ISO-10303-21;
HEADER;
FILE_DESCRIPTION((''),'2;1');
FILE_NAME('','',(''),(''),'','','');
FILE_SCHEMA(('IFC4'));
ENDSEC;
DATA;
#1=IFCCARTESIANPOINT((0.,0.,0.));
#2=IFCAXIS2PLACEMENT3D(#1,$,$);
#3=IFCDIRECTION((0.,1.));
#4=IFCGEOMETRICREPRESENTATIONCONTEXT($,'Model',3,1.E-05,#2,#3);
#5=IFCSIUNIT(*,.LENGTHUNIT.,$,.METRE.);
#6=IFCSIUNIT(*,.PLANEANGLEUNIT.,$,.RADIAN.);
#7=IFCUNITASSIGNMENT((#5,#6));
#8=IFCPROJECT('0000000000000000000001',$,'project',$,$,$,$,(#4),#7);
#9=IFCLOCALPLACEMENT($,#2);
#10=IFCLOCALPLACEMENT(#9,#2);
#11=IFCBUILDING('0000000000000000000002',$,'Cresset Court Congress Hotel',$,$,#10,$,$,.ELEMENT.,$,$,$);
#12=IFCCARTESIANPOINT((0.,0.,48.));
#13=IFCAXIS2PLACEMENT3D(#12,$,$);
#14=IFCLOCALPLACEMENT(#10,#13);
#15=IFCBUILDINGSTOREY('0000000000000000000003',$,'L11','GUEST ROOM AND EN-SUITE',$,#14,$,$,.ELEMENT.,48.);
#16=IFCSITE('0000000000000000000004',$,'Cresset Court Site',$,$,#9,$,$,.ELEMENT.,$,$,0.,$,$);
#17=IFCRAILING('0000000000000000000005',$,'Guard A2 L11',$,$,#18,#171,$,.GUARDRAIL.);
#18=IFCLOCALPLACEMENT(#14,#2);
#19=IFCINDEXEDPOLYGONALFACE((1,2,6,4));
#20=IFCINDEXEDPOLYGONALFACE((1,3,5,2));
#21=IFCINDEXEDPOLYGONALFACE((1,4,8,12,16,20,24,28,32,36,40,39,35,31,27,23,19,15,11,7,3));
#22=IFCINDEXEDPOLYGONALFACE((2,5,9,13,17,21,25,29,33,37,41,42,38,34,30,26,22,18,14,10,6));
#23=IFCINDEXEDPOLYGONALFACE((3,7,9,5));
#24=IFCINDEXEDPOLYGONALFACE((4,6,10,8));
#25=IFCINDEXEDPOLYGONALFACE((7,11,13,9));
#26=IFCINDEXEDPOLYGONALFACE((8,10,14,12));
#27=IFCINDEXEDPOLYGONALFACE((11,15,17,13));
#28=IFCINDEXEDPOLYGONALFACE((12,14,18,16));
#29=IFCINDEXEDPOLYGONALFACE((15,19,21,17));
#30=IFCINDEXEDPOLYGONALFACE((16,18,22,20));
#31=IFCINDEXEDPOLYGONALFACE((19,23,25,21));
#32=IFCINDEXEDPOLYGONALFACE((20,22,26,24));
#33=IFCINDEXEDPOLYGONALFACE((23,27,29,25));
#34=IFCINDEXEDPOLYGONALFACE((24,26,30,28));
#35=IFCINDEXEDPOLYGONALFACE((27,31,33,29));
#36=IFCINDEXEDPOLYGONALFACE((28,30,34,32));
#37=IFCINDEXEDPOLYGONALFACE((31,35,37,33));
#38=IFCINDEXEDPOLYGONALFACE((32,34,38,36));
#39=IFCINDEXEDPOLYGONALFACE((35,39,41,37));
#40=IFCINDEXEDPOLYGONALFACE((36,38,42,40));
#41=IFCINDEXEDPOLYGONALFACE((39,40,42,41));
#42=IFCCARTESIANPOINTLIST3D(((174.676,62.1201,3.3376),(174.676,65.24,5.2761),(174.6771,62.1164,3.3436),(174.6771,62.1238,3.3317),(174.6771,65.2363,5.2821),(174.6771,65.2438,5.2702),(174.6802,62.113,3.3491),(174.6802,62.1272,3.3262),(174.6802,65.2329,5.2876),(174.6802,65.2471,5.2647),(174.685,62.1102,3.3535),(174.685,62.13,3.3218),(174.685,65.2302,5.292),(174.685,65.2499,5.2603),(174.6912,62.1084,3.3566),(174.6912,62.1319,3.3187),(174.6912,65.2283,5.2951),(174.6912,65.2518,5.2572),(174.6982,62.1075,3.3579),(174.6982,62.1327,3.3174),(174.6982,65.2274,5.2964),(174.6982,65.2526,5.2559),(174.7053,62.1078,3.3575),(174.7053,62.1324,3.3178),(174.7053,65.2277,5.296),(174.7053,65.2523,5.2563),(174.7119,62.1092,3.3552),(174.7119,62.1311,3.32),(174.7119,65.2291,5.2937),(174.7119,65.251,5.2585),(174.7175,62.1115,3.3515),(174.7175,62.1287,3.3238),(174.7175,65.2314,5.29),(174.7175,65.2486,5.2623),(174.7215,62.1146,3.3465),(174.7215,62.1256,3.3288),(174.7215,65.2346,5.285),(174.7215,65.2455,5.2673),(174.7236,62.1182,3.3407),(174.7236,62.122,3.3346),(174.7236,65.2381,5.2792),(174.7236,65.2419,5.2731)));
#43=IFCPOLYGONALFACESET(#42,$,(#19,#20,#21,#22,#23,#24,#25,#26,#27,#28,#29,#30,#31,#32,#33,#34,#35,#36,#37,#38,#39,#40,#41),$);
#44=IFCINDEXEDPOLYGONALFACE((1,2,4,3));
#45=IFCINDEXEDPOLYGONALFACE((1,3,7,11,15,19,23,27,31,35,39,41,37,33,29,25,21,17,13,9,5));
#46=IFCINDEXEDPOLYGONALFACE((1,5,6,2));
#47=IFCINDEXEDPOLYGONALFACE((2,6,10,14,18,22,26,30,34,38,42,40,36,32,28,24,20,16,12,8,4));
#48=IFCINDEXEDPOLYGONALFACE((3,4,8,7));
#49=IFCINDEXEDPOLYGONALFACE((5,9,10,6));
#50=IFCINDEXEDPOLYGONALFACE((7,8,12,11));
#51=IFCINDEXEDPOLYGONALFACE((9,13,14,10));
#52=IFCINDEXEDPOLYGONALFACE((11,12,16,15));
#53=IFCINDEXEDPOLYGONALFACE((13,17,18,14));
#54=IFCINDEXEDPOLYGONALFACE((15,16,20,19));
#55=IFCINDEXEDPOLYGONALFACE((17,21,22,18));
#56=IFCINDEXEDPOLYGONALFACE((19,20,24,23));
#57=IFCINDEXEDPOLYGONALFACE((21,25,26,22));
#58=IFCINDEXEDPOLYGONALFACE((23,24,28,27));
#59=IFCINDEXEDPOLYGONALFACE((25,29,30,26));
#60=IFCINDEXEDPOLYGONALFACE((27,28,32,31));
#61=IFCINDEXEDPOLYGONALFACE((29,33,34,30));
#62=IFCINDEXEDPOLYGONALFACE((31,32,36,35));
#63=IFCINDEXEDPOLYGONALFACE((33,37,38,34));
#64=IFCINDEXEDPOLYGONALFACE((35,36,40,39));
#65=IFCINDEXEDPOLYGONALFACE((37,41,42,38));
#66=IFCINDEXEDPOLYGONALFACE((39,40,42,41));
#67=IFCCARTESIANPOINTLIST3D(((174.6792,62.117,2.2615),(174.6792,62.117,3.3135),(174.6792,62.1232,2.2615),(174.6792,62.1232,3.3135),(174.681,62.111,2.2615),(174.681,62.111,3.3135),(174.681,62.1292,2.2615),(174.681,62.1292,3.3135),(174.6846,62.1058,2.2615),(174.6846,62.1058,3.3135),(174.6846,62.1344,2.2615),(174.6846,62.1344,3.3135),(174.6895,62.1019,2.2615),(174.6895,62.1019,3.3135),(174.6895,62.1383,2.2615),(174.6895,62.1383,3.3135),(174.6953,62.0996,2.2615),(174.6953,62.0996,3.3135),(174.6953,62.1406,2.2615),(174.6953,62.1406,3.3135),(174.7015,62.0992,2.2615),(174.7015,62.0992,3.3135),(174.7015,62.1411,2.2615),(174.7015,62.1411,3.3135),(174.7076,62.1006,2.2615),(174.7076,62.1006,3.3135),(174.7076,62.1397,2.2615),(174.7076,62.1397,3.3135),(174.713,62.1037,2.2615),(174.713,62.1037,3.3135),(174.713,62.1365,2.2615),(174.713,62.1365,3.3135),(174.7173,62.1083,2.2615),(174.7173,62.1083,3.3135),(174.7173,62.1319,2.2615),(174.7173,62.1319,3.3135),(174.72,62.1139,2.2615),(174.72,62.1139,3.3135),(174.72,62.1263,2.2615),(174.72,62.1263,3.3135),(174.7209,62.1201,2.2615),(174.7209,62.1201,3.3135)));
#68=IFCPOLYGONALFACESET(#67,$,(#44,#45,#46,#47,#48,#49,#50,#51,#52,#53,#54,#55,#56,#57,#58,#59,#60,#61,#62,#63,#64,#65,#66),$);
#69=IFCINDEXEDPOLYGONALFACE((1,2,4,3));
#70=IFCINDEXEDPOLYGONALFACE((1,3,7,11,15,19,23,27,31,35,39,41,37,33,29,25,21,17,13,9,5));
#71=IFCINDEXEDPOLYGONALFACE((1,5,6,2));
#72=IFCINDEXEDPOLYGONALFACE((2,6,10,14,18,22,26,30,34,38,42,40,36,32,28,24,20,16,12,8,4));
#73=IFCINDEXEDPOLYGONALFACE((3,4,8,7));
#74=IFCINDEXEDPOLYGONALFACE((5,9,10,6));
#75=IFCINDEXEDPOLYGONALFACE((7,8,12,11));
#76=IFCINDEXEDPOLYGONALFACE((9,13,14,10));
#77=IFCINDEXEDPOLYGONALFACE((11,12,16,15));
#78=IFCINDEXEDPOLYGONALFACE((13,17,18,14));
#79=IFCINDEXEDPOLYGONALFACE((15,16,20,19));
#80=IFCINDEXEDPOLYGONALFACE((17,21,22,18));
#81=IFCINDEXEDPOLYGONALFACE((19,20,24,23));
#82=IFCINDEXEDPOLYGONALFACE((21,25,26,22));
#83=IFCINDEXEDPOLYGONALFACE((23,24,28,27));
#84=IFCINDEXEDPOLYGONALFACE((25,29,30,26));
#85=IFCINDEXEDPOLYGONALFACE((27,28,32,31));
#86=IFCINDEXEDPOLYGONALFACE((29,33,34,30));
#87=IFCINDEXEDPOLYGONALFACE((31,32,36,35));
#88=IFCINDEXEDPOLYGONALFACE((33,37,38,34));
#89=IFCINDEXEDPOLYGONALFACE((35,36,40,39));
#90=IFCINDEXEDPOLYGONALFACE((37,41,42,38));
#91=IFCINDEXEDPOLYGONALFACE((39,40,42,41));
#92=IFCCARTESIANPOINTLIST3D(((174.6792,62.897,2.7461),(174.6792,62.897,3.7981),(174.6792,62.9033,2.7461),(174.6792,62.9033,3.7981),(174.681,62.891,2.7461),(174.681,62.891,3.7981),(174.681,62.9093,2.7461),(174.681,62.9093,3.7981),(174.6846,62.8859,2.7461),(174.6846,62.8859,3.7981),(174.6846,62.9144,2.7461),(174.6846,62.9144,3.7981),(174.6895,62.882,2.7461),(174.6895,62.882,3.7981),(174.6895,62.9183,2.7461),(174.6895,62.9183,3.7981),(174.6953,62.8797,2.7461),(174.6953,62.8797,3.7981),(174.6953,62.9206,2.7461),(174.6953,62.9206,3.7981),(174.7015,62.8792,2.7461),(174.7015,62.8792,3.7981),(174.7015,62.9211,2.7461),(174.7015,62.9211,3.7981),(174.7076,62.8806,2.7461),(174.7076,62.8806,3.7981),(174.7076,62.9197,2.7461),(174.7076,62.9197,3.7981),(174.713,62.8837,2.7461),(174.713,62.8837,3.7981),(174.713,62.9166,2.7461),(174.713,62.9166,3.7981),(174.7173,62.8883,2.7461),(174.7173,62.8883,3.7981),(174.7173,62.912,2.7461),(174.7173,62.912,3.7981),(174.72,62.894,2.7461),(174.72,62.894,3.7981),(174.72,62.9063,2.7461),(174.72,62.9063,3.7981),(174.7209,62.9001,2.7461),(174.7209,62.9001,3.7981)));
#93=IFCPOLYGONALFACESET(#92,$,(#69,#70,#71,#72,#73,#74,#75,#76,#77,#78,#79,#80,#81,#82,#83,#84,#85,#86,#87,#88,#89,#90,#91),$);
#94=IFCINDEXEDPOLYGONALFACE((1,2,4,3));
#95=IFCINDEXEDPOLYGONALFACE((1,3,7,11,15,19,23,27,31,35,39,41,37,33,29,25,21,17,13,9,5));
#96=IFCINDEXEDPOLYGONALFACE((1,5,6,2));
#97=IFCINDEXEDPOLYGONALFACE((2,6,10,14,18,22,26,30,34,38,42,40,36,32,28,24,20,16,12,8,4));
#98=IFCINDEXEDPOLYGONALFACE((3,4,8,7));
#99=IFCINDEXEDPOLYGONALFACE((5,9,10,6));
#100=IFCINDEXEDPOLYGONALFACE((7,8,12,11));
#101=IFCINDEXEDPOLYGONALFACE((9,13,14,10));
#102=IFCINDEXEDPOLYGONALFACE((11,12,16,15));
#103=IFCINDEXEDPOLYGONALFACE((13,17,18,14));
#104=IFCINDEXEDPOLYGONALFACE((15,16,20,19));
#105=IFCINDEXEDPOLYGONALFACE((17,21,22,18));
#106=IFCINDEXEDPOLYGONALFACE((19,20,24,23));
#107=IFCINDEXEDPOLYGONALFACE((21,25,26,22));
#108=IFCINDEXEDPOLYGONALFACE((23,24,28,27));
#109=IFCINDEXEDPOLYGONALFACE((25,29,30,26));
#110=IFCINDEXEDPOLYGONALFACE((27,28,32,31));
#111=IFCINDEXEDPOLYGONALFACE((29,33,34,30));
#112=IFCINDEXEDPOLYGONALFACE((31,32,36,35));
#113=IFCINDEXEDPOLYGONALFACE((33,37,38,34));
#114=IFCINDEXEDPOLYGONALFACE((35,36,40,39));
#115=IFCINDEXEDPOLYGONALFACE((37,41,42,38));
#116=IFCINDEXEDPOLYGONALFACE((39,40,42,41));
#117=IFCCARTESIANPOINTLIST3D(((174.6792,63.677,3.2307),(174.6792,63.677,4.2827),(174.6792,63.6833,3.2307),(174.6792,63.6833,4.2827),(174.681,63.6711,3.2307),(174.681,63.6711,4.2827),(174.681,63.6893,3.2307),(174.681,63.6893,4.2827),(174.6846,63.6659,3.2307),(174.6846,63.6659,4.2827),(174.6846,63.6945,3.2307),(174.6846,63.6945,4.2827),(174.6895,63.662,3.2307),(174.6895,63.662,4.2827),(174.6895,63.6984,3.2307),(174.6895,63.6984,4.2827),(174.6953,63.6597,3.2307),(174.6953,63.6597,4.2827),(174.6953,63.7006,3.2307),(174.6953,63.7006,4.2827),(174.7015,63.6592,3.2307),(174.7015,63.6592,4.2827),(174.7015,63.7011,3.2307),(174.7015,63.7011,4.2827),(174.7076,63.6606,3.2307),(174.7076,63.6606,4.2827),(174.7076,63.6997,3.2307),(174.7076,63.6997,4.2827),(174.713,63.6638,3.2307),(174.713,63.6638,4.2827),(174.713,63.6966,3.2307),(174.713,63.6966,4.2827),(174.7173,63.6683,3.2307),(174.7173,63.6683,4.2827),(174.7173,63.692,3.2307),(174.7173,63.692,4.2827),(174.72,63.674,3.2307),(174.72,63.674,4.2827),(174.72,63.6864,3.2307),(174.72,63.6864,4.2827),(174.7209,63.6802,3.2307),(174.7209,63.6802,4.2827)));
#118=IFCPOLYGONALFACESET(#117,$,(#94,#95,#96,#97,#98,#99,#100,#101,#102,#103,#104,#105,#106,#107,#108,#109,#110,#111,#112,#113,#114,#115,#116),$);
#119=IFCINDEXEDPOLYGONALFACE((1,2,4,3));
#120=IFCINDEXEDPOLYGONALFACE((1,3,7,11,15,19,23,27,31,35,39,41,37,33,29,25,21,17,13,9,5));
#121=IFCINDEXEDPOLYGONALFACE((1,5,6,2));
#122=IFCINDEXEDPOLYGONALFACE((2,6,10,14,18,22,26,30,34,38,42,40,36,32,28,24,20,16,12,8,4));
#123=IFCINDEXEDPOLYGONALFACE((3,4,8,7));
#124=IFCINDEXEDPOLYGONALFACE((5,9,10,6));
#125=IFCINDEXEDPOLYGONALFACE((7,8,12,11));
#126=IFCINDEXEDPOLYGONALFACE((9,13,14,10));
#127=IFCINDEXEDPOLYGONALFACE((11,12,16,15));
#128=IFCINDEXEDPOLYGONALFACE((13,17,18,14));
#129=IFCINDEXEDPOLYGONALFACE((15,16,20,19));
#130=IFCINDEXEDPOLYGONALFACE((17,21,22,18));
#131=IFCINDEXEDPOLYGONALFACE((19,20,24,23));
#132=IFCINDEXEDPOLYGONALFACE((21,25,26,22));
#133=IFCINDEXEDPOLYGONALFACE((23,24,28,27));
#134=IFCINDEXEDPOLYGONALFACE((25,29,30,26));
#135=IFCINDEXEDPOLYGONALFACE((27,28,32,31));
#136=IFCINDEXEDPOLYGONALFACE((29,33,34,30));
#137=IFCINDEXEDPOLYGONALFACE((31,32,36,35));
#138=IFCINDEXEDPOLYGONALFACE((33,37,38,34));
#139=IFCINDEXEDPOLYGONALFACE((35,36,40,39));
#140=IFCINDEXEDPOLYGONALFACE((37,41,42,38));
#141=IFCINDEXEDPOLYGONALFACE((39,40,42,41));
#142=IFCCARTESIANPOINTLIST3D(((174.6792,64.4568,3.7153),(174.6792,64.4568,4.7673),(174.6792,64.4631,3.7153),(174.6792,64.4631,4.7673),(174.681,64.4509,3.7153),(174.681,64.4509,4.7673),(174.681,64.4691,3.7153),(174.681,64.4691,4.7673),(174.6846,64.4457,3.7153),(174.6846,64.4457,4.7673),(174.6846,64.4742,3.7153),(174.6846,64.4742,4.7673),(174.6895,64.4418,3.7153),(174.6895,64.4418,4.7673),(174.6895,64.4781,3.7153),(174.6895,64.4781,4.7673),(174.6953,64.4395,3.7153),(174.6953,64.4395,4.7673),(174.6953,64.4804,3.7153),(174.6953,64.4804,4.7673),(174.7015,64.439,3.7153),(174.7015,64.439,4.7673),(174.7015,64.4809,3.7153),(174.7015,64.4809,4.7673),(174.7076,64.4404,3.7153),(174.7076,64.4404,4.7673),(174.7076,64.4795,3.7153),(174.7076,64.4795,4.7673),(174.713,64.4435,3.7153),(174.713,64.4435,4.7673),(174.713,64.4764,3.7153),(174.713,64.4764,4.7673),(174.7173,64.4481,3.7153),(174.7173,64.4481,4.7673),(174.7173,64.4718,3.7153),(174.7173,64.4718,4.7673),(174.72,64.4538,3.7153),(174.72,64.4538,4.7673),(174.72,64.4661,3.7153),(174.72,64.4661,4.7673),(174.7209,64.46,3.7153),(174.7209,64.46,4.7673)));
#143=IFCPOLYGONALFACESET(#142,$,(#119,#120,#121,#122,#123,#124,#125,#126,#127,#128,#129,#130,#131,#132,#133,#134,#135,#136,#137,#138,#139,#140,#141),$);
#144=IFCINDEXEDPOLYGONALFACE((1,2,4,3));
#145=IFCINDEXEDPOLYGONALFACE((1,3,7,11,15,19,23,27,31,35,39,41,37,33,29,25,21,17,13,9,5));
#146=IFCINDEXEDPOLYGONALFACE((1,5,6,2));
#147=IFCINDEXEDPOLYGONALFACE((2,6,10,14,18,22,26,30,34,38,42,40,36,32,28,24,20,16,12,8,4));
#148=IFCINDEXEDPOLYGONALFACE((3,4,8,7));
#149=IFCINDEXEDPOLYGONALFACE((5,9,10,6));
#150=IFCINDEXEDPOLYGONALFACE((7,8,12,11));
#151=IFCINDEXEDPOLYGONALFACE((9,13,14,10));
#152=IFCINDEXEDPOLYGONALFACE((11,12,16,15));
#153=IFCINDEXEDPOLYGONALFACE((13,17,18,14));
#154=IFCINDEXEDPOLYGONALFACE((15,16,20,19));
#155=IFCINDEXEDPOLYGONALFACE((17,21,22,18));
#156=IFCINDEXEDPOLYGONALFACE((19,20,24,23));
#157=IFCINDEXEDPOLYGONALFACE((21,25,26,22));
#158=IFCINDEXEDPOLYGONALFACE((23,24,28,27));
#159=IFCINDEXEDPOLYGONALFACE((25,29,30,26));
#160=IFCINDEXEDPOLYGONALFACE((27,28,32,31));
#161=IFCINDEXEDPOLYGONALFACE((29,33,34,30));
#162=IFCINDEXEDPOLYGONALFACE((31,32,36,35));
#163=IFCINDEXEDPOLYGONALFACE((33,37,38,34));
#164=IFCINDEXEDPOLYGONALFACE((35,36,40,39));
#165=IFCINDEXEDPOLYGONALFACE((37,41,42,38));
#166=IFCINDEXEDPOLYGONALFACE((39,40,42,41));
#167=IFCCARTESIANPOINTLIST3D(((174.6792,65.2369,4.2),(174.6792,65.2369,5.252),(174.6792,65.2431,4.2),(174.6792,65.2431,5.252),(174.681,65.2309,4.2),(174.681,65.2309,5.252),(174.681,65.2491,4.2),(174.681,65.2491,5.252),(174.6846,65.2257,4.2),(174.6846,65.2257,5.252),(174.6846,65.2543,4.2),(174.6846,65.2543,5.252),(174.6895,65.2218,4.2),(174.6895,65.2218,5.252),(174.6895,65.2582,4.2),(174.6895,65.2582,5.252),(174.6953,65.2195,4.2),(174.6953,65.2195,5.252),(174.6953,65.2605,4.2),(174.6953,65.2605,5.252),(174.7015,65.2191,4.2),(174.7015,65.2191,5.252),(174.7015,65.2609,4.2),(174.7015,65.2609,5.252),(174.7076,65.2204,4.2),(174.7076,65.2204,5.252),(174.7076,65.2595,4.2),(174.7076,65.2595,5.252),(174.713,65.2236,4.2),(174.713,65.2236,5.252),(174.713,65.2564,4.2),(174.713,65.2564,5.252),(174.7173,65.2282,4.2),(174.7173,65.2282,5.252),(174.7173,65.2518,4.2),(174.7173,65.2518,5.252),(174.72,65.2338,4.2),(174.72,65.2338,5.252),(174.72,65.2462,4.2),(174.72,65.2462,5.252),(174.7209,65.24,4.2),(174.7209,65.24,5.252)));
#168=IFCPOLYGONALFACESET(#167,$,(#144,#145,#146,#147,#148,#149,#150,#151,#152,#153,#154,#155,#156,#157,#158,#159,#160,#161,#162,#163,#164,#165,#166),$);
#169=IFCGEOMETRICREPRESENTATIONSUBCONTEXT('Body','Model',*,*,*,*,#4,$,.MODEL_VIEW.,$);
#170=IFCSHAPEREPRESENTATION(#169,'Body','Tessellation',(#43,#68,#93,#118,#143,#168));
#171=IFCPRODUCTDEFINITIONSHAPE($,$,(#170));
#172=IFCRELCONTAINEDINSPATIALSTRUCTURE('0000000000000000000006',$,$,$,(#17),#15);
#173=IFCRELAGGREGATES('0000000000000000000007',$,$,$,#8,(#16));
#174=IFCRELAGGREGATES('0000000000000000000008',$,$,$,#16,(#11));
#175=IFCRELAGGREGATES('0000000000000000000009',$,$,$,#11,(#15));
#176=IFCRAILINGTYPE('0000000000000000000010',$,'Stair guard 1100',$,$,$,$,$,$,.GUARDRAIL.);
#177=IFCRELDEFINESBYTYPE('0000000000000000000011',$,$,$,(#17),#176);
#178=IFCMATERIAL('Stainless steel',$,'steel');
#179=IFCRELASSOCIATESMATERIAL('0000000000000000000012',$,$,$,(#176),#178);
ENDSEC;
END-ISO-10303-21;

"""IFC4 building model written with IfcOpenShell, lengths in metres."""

from ifc_helpers import new_model, si_unit, direction, frame, origin, origin_2d, place, context, subcontext, project, spatial, circle, extrude, material, type_object, element, save


model = new_model("IFC4")

# Units and contexts
model_context = context("Model", 3, precision=1e-05, world=origin(), true_north=direction((0.0, 1.0)))
body_context = subcontext(model_context, "Body", "Model", "MODEL_VIEW")
ifc_project = project(units=[si_unit("LENGTHUNIT", "METRE"), si_unit("PLANEANGLEUNIT", "RADIAN")], contexts=[model_context])

# Site, building, storey
site_placement = place(None, origin())
site = spatial("IfcSite", under=ifc_project, at=site_placement, Name="Cresset Court Site", CompositionType="ELEMENT", RefElevation=0.0)
building_placement = place(site_placement, origin())
building = spatial("IfcBuilding", under=site, at=building_placement, Name="Cresset Court Congress Hotel", CompositionType="ELEMENT")
storey_placement = place(building_placement, frame((0.0, 0.0, 48.0)))
storey = spatial("IfcBuildingStorey", under=building, at=storey_placement, Name="L11", Description="GUEST ROOM AND EN-SUITE", CompositionType="ELEMENT", Elevation=48.0)

# Railing
ifc_material_1 = material(Name="Stainless steel", Category="steel")
railing_type_1 = type_object("IfcRailingType", Name="Stair guard 1100", PredefinedType="GUARDRAIL", material=ifc_material_1)
railing_1_placement = place(storey_placement, frame((174.7, 62.1201, 2.2615)))
element("IfcRailing", 1, at=railing_1_placement, inside=storey, type_object=railing_type_1, Name="Guard A2 L11", PredefinedType="GUARDRAIL", context=body_context, shape_type="SweptSolid", body=[
    extrude(circle(Radius=0.0239, at=origin_2d()), frame((0.0, 0.0, 1.0762), z_axis=(0.0, 0.849396, 0.527757), x_axis=(-1.0, 0.0, 0.0)), (0.0, 0.0, 1.0), 3.6731),
    extrude(circle(Radius=0.021, at=origin_2d()), origin(), (0.0, 0.0, 1.0), 1.052),
    extrude(circle(Radius=0.021, at=origin_2d()), frame((0.0, 0.78, 0.4846)), (0.0, 0.0, 1.0), 1.052),
    extrude(circle(Radius=0.021, at=origin_2d()), frame((0.0, 1.5601, 0.9692)), (0.0, 0.0, 1.0), 1.052),
    extrude(circle(Radius=0.021, at=origin_2d()), frame((0.0, 2.3398, 1.4539)), (0.0, 0.0, 1.0), 1.052),
    extrude(circle(Radius=0.021, at=origin_2d()), frame((0.0, 3.1199, 1.9385)), (0.0, 0.0, 1.0), 1.052),
])

save(model, "model.ifc")
